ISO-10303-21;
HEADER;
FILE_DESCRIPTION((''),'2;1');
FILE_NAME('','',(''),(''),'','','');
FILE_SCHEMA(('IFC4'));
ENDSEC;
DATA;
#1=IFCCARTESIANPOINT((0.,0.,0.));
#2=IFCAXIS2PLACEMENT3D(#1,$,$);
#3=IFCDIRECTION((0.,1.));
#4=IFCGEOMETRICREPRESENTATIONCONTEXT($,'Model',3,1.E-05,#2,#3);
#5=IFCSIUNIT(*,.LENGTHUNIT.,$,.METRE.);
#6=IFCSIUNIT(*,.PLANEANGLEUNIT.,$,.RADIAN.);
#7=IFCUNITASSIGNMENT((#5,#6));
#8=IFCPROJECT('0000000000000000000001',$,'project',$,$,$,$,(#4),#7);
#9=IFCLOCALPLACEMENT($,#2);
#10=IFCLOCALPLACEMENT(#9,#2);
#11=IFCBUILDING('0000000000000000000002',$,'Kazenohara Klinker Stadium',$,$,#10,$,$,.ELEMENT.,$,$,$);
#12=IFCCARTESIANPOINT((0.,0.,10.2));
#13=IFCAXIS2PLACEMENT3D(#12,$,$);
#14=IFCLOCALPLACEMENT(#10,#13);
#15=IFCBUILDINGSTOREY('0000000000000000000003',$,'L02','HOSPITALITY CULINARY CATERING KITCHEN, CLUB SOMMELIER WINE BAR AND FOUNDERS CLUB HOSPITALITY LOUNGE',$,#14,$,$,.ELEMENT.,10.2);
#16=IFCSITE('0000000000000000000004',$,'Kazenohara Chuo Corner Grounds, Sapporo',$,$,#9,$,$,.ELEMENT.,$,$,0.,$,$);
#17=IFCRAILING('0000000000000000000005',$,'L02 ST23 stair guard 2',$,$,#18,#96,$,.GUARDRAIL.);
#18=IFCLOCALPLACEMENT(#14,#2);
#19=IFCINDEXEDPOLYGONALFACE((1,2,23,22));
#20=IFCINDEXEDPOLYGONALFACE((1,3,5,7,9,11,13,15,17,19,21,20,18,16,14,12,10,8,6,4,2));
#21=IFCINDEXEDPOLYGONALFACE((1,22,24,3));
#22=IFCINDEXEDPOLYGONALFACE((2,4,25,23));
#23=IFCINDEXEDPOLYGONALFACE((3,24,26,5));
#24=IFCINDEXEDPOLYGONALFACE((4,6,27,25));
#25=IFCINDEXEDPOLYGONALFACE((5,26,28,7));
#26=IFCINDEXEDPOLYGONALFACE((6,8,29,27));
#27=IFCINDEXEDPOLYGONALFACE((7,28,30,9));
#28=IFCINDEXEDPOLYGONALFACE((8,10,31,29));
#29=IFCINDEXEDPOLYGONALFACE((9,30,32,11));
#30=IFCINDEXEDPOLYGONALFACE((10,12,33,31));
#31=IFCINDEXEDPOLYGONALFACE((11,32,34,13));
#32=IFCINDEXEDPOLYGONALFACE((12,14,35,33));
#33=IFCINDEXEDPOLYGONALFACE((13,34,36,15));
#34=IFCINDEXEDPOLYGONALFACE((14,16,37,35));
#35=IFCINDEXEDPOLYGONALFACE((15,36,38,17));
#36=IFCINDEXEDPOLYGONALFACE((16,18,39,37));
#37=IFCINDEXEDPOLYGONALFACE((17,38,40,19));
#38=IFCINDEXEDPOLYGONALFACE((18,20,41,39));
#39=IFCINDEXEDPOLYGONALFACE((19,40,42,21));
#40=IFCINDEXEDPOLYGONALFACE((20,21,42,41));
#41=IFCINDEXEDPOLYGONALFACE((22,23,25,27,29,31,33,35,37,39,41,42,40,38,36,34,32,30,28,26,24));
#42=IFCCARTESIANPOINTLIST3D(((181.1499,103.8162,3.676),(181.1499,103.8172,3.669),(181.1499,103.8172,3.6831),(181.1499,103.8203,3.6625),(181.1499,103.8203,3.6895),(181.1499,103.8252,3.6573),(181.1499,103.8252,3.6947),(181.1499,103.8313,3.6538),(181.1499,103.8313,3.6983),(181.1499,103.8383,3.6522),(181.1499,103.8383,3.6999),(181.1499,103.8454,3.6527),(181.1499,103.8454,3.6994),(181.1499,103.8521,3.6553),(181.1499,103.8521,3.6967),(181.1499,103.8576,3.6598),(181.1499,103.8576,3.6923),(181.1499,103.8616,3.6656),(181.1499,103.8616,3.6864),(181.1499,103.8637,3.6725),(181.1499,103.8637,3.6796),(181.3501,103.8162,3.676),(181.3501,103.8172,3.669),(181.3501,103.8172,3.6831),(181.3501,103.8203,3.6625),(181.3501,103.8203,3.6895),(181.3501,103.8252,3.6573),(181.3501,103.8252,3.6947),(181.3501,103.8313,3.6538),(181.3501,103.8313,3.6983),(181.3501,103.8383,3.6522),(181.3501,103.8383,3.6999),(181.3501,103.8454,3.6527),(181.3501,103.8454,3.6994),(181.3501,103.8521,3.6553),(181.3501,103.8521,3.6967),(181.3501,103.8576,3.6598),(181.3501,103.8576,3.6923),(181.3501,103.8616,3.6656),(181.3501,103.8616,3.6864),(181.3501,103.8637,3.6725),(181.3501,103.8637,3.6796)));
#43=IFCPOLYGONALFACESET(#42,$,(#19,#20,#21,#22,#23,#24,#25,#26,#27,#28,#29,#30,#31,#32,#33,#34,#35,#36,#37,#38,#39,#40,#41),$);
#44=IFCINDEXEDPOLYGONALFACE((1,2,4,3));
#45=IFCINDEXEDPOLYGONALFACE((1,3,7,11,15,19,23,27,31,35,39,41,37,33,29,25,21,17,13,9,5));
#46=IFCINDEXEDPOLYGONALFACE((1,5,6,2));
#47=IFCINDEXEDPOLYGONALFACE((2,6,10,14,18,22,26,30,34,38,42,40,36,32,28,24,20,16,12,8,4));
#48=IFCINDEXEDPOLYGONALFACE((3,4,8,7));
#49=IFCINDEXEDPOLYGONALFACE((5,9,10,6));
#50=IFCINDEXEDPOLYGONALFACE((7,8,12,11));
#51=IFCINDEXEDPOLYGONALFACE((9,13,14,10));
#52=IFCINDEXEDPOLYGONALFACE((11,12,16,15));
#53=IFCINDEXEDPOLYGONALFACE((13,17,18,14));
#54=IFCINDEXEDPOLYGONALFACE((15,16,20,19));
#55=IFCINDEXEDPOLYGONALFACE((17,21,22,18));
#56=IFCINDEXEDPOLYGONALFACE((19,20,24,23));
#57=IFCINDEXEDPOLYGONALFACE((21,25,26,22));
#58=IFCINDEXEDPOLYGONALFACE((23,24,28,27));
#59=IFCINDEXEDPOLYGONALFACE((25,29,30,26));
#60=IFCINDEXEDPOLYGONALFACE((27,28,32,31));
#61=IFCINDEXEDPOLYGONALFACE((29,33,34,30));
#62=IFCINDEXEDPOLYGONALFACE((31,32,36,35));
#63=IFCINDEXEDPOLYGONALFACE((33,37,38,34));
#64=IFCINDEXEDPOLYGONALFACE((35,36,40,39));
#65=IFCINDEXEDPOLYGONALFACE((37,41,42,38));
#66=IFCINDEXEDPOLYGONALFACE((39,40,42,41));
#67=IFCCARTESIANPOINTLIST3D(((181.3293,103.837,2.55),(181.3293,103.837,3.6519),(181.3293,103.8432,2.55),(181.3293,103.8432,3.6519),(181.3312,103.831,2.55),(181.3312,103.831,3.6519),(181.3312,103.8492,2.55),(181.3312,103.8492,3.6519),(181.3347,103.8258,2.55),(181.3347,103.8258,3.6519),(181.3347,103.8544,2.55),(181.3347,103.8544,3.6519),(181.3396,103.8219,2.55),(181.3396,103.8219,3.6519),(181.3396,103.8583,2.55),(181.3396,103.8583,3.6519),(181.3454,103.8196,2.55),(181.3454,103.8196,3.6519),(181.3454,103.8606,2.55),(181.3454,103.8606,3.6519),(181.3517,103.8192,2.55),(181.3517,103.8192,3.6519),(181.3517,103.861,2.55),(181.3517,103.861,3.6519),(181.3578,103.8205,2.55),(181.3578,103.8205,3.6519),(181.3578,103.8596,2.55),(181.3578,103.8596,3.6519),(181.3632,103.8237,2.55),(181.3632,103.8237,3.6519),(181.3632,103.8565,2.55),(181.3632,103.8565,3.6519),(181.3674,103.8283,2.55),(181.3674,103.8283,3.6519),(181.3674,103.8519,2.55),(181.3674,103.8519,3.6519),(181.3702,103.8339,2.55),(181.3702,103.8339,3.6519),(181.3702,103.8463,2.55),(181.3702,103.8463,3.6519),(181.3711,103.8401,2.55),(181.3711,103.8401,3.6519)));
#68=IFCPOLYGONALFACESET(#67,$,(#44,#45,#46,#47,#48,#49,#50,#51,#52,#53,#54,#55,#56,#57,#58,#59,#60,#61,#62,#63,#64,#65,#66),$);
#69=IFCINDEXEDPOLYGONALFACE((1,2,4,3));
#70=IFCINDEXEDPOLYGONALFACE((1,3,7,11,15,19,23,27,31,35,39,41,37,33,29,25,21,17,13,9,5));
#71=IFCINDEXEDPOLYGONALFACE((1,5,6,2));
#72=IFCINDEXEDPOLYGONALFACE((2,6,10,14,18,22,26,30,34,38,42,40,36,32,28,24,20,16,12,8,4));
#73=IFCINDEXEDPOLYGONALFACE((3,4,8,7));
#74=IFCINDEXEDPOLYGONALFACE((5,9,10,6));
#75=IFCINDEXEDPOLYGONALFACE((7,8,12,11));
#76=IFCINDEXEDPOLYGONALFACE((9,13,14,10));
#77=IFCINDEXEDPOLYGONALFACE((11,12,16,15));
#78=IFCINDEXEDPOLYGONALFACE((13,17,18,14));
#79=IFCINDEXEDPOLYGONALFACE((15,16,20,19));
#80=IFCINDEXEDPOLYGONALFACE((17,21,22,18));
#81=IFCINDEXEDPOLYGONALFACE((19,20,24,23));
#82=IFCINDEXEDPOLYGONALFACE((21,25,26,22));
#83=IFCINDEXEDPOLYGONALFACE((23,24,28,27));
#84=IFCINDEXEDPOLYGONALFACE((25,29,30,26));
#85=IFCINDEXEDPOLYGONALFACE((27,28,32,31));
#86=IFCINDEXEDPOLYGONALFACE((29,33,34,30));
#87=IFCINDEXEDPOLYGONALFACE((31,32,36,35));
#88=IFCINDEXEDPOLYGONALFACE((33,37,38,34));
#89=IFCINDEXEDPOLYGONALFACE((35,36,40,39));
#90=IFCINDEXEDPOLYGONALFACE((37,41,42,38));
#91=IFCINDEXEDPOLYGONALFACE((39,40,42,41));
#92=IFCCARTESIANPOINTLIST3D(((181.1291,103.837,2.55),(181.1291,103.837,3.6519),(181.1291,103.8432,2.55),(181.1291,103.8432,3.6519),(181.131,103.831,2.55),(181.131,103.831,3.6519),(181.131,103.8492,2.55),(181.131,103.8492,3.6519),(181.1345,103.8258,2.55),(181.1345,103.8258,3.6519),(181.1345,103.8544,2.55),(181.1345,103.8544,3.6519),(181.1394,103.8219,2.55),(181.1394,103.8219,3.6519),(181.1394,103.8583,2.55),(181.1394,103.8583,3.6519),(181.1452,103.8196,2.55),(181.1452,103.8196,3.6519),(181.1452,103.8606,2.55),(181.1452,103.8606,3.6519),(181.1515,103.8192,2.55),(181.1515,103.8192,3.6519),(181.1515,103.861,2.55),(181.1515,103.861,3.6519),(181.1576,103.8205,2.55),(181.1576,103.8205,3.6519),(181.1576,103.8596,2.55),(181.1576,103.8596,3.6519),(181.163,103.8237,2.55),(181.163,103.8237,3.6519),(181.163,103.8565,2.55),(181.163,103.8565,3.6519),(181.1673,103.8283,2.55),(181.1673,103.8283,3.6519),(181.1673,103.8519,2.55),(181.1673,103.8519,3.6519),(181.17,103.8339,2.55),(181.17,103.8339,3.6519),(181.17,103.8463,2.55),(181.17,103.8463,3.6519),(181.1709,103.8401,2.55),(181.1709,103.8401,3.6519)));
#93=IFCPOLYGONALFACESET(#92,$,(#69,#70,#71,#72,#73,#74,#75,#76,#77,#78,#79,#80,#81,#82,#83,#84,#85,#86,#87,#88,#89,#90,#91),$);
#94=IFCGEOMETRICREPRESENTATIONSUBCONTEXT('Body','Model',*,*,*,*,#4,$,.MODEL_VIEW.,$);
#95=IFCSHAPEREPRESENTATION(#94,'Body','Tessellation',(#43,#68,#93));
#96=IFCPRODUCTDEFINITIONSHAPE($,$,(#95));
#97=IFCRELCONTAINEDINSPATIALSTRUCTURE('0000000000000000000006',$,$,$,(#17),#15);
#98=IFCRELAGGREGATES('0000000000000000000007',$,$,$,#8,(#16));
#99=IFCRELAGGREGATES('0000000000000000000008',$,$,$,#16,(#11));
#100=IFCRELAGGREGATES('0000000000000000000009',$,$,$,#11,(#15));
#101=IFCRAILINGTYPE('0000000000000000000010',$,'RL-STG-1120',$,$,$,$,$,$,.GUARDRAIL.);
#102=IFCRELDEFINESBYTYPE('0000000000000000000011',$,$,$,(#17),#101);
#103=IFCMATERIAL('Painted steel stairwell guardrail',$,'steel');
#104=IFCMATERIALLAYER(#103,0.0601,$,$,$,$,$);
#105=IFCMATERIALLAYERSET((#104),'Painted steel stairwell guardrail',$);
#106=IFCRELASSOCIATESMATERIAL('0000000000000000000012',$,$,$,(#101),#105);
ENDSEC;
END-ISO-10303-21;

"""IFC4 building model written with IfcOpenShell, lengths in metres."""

from ifc_helpers import new_model, si_unit, direction, frame, origin, origin_2d, place, context, subcontext, project, spatial, circle, extrude, material, layer, layer_set, type_object, element, save


model = new_model("IFC4")

# Units and contexts
model_context = context("Model", 3, precision=1e-05, world=origin(), true_north=direction((0.0, 1.0)))
body_context = subcontext(model_context, "Body", "Model", "MODEL_VIEW")
ifc_project = project(units=[si_unit("LENGTHUNIT", "METRE"), si_unit("PLANEANGLEUNIT", "RADIAN")], contexts=[model_context])

# Site, building, storey
site_placement = place(None, origin())
site = spatial("IfcSite", under=ifc_project, at=site_placement, Name="Kazenohara Chuo Corner Grounds, Sapporo", CompositionType="ELEMENT", RefElevation=0.0)
building_placement = place(site_placement, origin())
building = spatial("IfcBuilding", under=site, at=building_placement, Name="Kazenohara Klinker Stadium", CompositionType="ELEMENT")
storey_placement = place(building_placement, frame((0.0, 0.0, 10.2)))
storey = spatial("IfcBuildingStorey", under=building, at=storey_placement, Name="L02", Description="HOSPITALITY CULINARY CATERING KITCHEN, CLUB SOMMELIER WINE BAR AND FOUNDERS CLUB HOSPITALITY LOUNGE", CompositionType="ELEMENT", Elevation=10.2)

# Railing
ifc_material_1 = material(Name="Painted steel stairwell guardrail", Category="steel")
ifc_layer_1 = layer(ifc_material_1, 0.0601)
ifc_layer_set_1 = layer_set([ifc_layer_1], Name="Painted steel stairwell guardrail")
railing_type_1 = type_object("IfcRailingType", Name="RL-STG-1120", PredefinedType="GUARDRAIL", material=ifc_layer_set_1)
railing_1_placement = place(storey_placement, frame((181.3501, 103.8401, 2.55)))
element("IfcRailing", 1, at=railing_1_placement, inside=storey, type_object=railing_type_1, Name="L02 ST23 stair guard 2", PredefinedType="GUARDRAIL", context=body_context, shape_type="SweptSolid", body=[
    extrude(circle(Radius=0.0239, at=origin_2d()), frame((0.0, 0.0, 1.126), z_axis=(-1.0, 0.0, 0.0), x_axis=(0.0, -1.0, 0.0)), (0.0, 0.0, 1.0), 0.2002),
    extrude(circle(Radius=0.021, at=origin_2d()), origin(), (0.0, 0.0, 1.0), 1.1018),
    extrude(circle(Radius=0.021, at=origin_2d()), frame((-0.2002, 0.0, 0.0)), (0.0, 0.0, 1.0), 1.1018),
])

save(model, "model.ifc")
